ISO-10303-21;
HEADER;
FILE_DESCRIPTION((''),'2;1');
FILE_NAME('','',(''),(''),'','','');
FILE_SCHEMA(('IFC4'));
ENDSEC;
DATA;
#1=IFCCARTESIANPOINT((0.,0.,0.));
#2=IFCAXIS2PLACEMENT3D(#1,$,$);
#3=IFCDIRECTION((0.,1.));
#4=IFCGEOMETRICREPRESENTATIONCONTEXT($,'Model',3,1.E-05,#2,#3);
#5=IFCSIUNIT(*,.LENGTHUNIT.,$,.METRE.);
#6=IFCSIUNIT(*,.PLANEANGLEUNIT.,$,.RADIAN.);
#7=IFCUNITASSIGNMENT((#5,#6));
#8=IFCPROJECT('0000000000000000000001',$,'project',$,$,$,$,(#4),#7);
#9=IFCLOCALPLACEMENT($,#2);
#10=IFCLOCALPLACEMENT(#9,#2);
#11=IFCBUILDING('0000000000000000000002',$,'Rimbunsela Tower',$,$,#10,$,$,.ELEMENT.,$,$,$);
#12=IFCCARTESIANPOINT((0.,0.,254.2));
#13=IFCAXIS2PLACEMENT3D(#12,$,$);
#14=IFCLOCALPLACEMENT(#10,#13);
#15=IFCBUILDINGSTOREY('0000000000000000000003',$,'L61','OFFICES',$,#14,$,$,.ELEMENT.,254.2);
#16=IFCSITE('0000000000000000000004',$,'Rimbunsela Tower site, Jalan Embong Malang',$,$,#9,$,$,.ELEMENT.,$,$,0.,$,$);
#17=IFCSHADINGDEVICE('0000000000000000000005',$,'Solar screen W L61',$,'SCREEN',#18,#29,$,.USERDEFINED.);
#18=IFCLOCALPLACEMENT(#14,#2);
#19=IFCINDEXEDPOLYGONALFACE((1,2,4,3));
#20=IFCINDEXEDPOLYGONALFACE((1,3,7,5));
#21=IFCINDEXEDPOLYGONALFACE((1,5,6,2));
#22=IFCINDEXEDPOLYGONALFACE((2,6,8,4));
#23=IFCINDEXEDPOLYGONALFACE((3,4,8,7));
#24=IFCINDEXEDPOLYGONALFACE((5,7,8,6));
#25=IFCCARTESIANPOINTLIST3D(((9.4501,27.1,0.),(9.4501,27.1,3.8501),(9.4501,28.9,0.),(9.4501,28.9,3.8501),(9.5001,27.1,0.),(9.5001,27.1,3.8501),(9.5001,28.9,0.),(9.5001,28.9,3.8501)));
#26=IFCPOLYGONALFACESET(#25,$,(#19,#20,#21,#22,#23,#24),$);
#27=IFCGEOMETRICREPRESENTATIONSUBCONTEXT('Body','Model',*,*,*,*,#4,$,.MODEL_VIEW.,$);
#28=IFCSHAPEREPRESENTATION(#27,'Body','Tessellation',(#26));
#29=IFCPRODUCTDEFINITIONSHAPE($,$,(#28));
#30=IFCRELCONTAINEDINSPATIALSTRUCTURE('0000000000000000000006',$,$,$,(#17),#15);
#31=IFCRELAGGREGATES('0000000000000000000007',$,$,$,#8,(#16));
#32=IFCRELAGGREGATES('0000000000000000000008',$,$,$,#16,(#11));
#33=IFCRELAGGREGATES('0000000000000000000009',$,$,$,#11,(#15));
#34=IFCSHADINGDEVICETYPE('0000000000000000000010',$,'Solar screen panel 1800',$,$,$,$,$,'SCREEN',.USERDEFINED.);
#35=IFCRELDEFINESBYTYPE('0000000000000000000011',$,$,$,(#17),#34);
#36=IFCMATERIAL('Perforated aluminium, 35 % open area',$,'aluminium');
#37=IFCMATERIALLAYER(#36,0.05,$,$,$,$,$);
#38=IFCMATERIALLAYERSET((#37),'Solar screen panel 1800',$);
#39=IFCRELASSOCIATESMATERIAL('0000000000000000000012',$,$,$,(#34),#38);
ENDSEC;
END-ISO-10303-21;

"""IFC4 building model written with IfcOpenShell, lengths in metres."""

from ifc_helpers import new_model, si_unit, direction, frame, origin, origin_2d, place, context, subcontext, project, spatial, rectangle, extrude, material, layer, layer_set, type_object, element, save


model = new_model("IFC4")

# Units and contexts
model_context = context("Model", 3, precision=1e-05, world=origin(), true_north=direction((0.0, 1.0)))
body_context = subcontext(model_context, "Body", "Model", "MODEL_VIEW")
ifc_project = project(units=[si_unit("LENGTHUNIT", "METRE"), si_unit("PLANEANGLEUNIT", "RADIAN")], contexts=[model_context])

# Site, building, storey
site_placement = place(None, origin())
site = spatial("IfcSite", under=ifc_project, at=site_placement, Name="Rimbunsela Tower site, Jalan Embong Malang", CompositionType="ELEMENT", RefElevation=0.0)
building_placement = place(site_placement, origin())
building = spatial("IfcBuilding", under=site, at=building_placement, Name="Rimbunsela Tower", CompositionType="ELEMENT")
storey_placement = place(building_placement, frame((0.0, 0.0, 254.2)))
storey = spatial("IfcBuildingStorey", under=building, at=storey_placement, Name="L61", Description="OFFICES", CompositionType="ELEMENT", Elevation=254.2)

# Shading device
ifc_material_1 = material(Name="Perforated aluminium, 35 % open area", Category="aluminium")
ifc_layer_1 = layer(ifc_material_1, 0.05)
ifc_layer_set_1 = layer_set([ifc_layer_1], Name="Solar screen panel 1800")
shading_device_type = type_object("IfcShadingDeviceType", Name="Solar screen panel 1800", ElementType="SCREEN", PredefinedType="USERDEFINED", material=ifc_layer_set_1)
for number, where, z_axis, x_axis, name in (
    (1, (9.4751, 28.0, 0.0), (0.0, 0.0, 1.0), (0.0, 1.0, 0.0), "Solar screen W L61"),
):
    element("IfcShadingDevice", number, at=place(storey_placement, frame(where, z_axis=z_axis, x_axis=x_axis)), inside=storey, type_object=shading_device_type, Name=name, ObjectType="SCREEN", PredefinedType="USERDEFINED", context=body_context, shape_type="SweptSolid", body=[
        extrude(rectangle(XDim=1.8, YDim=0.05, at=origin_2d()), origin(), (0.0, 0.0, 1.0), 3.8501),
    ])

save(model, "model.ifc")
